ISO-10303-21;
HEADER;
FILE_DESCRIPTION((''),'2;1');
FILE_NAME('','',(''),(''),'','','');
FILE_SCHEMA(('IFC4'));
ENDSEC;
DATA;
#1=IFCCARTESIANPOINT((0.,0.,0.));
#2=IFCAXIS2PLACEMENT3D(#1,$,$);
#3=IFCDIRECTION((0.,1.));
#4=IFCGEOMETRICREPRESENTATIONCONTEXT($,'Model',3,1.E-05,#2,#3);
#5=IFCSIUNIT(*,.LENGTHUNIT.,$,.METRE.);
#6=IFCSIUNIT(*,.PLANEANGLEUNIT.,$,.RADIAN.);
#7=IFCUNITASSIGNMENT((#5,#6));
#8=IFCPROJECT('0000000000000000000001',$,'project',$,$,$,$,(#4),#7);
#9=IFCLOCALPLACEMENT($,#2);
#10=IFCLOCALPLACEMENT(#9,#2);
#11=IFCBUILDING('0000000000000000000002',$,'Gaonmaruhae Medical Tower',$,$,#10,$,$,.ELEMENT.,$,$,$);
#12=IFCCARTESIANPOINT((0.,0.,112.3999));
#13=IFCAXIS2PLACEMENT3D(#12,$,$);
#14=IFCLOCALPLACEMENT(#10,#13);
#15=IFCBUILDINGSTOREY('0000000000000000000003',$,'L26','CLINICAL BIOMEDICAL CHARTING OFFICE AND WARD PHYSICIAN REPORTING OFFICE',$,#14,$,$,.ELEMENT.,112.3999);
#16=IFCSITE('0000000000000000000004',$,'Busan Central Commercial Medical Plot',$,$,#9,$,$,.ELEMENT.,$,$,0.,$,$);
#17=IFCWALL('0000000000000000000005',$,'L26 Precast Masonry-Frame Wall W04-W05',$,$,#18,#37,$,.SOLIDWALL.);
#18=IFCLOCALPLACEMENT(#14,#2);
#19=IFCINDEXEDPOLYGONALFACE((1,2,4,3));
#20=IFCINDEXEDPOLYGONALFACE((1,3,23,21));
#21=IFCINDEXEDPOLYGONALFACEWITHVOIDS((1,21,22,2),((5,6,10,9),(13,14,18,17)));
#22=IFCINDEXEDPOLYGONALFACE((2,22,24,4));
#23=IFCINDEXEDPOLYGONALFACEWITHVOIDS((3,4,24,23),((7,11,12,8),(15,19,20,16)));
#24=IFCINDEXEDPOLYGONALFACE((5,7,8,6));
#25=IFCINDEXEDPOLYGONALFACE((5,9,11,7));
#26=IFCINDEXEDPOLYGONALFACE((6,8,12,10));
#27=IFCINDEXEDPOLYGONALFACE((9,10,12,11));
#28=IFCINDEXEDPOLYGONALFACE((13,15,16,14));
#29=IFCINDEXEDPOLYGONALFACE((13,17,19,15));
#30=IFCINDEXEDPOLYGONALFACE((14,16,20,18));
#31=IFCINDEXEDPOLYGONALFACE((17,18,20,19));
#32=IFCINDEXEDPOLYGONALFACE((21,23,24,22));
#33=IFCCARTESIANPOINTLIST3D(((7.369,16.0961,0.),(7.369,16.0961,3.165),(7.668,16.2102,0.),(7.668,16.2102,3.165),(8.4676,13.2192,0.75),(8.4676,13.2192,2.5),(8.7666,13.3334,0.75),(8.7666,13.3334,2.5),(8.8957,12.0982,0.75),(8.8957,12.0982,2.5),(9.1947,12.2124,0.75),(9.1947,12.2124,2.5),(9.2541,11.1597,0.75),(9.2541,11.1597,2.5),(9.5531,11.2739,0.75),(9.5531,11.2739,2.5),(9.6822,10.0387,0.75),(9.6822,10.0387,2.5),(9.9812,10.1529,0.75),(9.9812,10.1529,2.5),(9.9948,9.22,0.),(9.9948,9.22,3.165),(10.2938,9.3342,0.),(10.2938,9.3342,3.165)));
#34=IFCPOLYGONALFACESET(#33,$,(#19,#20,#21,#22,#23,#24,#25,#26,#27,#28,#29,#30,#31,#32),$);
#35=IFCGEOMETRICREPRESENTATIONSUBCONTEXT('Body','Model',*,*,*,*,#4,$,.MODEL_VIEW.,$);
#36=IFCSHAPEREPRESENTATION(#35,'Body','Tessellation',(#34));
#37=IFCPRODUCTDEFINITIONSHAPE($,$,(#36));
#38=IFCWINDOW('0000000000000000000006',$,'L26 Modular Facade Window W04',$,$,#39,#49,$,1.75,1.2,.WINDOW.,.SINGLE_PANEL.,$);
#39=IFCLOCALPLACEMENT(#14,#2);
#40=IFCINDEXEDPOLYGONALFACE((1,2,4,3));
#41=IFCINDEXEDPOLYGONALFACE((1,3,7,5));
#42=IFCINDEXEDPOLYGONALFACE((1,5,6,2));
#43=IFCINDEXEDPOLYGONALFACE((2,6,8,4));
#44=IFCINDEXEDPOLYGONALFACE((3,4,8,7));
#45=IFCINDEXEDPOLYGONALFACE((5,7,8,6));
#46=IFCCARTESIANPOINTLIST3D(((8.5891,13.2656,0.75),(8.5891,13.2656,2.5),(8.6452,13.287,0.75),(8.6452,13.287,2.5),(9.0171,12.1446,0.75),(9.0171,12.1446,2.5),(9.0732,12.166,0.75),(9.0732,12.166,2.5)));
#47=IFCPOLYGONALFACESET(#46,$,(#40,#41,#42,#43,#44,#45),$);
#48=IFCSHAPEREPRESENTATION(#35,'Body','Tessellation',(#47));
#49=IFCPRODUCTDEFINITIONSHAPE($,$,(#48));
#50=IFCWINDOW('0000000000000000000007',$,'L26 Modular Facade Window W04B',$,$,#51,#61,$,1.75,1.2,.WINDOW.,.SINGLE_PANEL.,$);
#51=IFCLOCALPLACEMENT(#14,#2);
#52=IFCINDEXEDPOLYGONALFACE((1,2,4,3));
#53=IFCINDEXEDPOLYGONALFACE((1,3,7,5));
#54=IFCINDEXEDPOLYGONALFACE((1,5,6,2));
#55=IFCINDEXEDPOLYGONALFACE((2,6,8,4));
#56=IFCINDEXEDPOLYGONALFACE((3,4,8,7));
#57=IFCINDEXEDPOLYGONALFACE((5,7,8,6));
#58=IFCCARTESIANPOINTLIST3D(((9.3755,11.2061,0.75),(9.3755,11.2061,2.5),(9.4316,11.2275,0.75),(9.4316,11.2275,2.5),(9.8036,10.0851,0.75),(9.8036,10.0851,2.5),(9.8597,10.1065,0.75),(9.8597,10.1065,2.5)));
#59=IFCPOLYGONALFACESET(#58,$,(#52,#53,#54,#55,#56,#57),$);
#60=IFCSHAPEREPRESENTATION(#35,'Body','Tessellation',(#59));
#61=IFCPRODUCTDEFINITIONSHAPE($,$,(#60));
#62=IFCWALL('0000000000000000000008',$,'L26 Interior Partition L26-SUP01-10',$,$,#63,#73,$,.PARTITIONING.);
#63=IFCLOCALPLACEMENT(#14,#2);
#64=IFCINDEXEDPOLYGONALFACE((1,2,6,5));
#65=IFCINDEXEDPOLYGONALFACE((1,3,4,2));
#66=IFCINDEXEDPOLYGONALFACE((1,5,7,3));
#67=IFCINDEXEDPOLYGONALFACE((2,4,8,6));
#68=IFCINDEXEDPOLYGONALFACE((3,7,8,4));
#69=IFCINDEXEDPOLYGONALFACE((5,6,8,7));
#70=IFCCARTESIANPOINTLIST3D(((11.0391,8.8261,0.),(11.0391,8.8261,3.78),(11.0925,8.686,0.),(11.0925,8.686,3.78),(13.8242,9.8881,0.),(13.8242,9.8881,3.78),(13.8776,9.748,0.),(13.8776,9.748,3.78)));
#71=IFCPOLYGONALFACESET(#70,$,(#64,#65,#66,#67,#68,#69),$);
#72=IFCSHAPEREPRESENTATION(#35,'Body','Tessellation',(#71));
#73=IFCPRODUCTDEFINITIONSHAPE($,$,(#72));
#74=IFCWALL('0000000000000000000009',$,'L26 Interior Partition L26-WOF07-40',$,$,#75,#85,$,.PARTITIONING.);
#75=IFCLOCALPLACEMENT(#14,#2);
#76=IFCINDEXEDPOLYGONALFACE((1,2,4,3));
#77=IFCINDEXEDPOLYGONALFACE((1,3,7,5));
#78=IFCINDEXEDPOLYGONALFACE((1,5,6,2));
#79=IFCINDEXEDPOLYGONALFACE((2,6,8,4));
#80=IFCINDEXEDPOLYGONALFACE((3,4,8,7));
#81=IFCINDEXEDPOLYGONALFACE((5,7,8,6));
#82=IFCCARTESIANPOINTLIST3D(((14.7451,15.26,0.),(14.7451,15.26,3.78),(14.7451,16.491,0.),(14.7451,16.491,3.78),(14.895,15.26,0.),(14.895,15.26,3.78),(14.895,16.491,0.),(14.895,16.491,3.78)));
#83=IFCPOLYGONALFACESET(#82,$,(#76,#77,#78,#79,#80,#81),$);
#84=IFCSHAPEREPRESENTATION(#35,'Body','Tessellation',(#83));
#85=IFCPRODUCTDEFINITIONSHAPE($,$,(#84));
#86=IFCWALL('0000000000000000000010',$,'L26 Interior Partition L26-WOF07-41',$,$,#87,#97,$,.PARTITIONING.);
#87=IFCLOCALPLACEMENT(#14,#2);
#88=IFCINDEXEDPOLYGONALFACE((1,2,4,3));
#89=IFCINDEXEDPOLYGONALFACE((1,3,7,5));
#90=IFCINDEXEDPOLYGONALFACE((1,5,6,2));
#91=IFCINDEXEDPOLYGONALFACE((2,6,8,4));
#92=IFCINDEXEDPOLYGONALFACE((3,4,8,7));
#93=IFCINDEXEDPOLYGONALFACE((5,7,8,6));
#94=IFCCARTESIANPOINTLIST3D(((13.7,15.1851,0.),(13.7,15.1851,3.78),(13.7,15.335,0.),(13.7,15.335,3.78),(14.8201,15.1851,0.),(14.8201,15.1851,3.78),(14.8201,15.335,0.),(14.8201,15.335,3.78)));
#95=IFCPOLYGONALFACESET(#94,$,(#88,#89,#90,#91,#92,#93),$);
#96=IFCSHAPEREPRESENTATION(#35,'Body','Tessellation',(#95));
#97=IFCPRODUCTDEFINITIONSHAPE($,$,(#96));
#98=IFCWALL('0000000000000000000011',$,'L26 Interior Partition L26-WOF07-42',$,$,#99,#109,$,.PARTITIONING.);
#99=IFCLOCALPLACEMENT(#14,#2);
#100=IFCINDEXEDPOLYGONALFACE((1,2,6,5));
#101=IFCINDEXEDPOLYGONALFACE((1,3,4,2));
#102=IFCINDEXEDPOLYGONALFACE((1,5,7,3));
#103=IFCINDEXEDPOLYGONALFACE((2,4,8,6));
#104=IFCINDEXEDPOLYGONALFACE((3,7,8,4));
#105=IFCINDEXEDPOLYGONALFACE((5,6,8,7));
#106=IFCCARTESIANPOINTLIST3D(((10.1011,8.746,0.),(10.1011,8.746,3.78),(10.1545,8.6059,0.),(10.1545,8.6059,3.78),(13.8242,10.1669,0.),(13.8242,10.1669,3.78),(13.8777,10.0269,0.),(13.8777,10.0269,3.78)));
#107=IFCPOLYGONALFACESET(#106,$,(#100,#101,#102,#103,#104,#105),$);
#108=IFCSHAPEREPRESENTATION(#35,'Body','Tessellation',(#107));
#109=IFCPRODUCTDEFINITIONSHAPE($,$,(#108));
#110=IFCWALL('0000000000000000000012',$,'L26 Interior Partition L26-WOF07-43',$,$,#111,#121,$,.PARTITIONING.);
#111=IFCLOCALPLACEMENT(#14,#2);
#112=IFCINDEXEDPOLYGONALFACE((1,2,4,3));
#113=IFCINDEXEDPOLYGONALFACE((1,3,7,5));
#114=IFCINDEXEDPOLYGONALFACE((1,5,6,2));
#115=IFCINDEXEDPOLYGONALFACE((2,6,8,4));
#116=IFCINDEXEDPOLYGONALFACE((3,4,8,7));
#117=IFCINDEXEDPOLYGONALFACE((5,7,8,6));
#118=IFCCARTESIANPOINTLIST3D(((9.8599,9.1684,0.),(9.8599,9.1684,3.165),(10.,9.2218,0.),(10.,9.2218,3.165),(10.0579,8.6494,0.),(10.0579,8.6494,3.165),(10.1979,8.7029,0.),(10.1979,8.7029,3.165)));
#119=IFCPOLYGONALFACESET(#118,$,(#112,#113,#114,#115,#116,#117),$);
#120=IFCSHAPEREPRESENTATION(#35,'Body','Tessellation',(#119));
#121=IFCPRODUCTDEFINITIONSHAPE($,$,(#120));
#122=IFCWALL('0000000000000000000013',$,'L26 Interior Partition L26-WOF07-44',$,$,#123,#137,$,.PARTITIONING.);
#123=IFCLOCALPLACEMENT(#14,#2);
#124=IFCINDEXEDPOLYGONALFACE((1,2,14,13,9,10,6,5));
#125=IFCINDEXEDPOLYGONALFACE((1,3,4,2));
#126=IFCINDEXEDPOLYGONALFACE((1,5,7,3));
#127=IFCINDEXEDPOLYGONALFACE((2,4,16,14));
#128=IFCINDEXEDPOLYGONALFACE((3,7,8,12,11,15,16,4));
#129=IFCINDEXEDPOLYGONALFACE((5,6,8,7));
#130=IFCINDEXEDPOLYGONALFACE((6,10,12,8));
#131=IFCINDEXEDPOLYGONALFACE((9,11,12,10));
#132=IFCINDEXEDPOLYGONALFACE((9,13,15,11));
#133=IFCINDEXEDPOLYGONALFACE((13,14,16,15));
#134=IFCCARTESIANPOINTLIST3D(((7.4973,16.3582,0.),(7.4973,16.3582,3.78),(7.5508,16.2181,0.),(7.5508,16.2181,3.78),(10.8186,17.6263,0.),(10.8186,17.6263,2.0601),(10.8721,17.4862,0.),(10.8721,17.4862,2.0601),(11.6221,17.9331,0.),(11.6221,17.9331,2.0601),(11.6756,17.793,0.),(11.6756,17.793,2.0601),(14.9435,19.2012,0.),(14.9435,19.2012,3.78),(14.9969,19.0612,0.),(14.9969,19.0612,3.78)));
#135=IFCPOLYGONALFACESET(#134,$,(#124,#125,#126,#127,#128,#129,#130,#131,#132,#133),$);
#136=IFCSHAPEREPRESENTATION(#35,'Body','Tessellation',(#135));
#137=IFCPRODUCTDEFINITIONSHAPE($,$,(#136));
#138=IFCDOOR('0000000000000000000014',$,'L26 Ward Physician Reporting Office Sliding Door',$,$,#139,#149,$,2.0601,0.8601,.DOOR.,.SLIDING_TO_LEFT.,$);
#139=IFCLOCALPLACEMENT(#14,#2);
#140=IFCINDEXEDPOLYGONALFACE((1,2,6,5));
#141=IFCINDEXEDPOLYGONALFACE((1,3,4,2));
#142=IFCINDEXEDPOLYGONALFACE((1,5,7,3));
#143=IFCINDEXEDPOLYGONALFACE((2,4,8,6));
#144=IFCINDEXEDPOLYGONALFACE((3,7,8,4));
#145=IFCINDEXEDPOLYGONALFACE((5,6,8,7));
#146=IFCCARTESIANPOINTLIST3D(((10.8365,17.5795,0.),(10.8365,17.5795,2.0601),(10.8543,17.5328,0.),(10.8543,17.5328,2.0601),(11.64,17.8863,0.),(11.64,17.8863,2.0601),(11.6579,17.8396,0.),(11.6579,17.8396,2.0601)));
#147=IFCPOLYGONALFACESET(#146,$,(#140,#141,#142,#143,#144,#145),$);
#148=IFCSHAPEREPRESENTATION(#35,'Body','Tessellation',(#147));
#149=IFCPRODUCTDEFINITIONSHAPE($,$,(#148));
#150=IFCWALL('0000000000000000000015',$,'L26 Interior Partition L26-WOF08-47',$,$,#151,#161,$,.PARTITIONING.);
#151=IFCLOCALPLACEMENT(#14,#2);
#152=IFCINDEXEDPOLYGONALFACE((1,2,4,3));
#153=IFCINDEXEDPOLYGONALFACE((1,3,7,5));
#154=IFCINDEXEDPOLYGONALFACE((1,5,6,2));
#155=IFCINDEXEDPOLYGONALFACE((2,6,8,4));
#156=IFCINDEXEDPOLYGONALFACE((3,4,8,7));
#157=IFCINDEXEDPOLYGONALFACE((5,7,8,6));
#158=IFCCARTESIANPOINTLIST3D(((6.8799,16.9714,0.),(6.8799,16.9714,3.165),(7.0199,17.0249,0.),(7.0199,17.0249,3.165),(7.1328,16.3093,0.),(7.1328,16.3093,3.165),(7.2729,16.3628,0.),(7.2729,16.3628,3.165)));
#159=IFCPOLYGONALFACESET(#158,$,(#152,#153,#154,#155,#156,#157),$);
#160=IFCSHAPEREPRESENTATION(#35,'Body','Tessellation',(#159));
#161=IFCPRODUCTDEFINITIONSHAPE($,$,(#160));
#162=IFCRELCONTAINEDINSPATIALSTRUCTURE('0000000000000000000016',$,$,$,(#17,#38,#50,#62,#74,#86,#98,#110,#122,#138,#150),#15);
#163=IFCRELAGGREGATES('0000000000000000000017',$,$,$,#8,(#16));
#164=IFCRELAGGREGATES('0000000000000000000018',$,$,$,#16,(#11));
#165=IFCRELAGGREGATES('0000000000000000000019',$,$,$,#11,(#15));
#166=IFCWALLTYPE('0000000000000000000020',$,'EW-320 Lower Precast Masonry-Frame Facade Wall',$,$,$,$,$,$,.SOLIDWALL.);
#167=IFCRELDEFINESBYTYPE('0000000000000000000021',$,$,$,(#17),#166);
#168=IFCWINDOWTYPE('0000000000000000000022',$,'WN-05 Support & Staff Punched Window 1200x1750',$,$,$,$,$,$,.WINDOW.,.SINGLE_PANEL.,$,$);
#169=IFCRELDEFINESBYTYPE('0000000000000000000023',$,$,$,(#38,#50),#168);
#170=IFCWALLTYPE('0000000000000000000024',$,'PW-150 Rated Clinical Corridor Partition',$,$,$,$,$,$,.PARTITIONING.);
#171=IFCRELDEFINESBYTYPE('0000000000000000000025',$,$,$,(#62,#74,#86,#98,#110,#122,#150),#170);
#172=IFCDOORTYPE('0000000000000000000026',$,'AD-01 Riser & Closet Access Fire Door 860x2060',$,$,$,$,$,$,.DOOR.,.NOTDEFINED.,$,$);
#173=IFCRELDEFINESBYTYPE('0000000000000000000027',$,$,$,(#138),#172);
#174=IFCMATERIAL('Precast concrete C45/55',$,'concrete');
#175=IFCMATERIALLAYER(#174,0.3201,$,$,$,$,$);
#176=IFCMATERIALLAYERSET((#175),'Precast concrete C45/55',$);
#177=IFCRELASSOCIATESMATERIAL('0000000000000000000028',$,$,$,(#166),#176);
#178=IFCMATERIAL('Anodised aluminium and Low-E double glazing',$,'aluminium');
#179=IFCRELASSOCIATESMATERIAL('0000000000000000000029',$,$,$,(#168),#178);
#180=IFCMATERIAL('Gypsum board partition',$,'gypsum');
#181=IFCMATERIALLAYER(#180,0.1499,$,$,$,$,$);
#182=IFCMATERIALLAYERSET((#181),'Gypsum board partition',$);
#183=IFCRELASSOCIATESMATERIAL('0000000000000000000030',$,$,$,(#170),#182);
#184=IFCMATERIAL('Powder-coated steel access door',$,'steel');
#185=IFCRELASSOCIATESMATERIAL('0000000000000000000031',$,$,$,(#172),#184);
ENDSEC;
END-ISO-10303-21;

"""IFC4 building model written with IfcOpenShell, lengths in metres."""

from ifc_helpers import new_model, si_unit, direction, frame, frame_2d, origin, place, context, subcontext, project, spatial, rectangle, extrude, material, layer, layer_set, type_object, element, fill, save


model = new_model("IFC4")

# Units and contexts
model_context = context("Model", 3, precision=1e-05, world=origin(), true_north=direction((0.0, 1.0)))
body_context = subcontext(model_context, "Body", "Model", "MODEL_VIEW")
ifc_project = project(units=[si_unit("LENGTHUNIT", "METRE"), si_unit("PLANEANGLEUNIT", "RADIAN")], contexts=[model_context])

# Site, building, storey
site_placement = place(None, origin())
site = spatial("IfcSite", under=ifc_project, at=site_placement, Name="Busan Central Commercial Medical Plot", CompositionType="ELEMENT", RefElevation=0.0)
building_placement = place(site_placement, origin())
building = spatial("IfcBuilding", under=site, at=building_placement, Name="Gaonmaruhae Medical Tower", CompositionType="ELEMENT")
storey_placement = place(building_placement, frame((0.0, 0.0, 112.3999)))
storey = spatial("IfcBuildingStorey", under=building, at=storey_placement, Name="L26", Description="CLINICAL BIOMEDICAL CHARTING OFFICE AND WARD PHYSICIAN REPORTING OFFICE", CompositionType="ELEMENT", Elevation=112.3999)

# Wall, openings, windows
ifc_material_1 = material(Name="Precast concrete C45/55", Category="concrete")
ifc_layer_1 = layer(ifc_material_1, 0.3201)
ifc_layer_set_1 = layer_set([ifc_layer_1], Name="Precast concrete C45/55")
wall_type_1 = type_object("IfcWallType", Name="EW-320 Lower Precast Masonry-Frame Facade Wall", PredefinedType="SOLIDWALL", material=ifc_layer_set_1)
wall_1_placement = place(storey_placement, frame((10.1443, 9.2771, 0.0), z_axis=(0.0, 0.0, 1.0), x_axis=(-0.356744, 0.934202, 0.0)))
wall_1 = element("IfcWall", 1, at=wall_1_placement, inside=storey, type_object=wall_type_1, Name="L26 Precast Masonry-Frame Wall W04-W05", PredefinedType="SOLIDWALL", context=body_context, shape_type="SweptSolid", body=[
    extrude(rectangle(XDim=7.3604, YDim=0.3201, at=frame_2d((3.6802, 0.0))), origin(), (0.0, 0.0, 1.0), 3.165),
])
opening_1_placement = place(wall_1_placement, frame((3.0808, 0.0, 0.75)))
opening_1 = element("IfcOpeningElement", 2, at=opening_1_placement, cuts=wall_1, PredefinedType="OPENING", context=body_context, shape_type="SweptSolid", body=[
    extrude(rectangle(XDim=1.2, YDim=1.75, at=frame_2d((0.6001, 0.875))), frame((0.0, 0.1699, 0.0), z_axis=(0.0, -1.0, 0.0), x_axis=(1.0, 0.0, 0.0)), (0.0, 0.0, 1.0), 0.3401),
])
opening_2_placement = place(wall_1_placement, frame((0.8762, 0.0, 0.75)))
opening_2 = element("IfcOpeningElement", 3, at=opening_2_placement, cuts=wall_1, PredefinedType="OPENING", context=body_context, shape_type="SweptSolid", body=[
    extrude(rectangle(XDim=1.2, YDim=1.75, at=frame_2d((0.6001, 0.875))), frame((0.0, 0.1699, 0.0), z_axis=(0.0, -1.0, 0.0), x_axis=(1.0, 0.0, 0.0)), (0.0, 0.0, 1.0), 0.3401),
])
ifc_material_2 = material(Name="Anodised aluminium and Low-E double glazing", Category="aluminium")
window_type = type_object("IfcWindowType", Name="WN-05 Support & Staff Punched Window 1200x1750", PartitioningType="SINGLE_PANEL", PredefinedType="WINDOW", material=ifc_material_2)
window_1_placement = place(opening_1_placement, origin())
window_1 = element("IfcWindow", 4, at=window_1_placement, inside=storey, type_object=window_type, Name="L26 Modular Facade Window W04", OverallHeight=1.75, OverallWidth=1.2, PartitioningType="SINGLE_PANEL", PredefinedType="WINDOW", context=body_context, shape_type="SweptSolid", body=[
    extrude(rectangle(XDim=1.2, YDim=1.75, at=frame_2d((0.6001, 0.875))), frame((0.0, 0.03, 0.0), z_axis=(0.0, -1.0, 0.0), x_axis=(1.0, 0.0, 0.0)), (0.0, 0.0, 1.0), 0.0601),
])
fill(opening_1, window_1)
window_2_placement = place(opening_2_placement, origin())
window_2 = element("IfcWindow", 5, at=window_2_placement, inside=storey, type_object=window_type, Name="L26 Modular Facade Window W04B", OverallHeight=1.75, OverallWidth=1.2, PartitioningType="SINGLE_PANEL", PredefinedType="WINDOW", context=body_context, shape_type="SweptSolid", body=[
    extrude(rectangle(XDim=1.2, YDim=1.75, at=frame_2d((0.6001, 0.875))), frame((0.0, 0.03, 0.0), z_axis=(0.0, -1.0, 0.0), x_axis=(1.0, 0.0, 0.0)), (0.0, 0.0, 1.0), 0.0601),
])
fill(opening_2, window_2)

# Walls
ifc_material_3 = material(Name="Gypsum board partition", Category="gypsum")
ifc_layer_2 = layer(ifc_material_3, 0.1499)
ifc_layer_set_2 = layer_set([ifc_layer_2], Name="Gypsum board partition")
wall_type_2 = type_object("IfcWallType", Name="PW-150 Rated Clinical Corridor Partition", PredefinedType="PARTITIONING", material=ifc_layer_set_2)
wall_2_placement = place(storey_placement, frame((11.0659, 8.7561, 0.0), z_axis=(0.0, 0.0, 1.0), x_axis=(0.934376, 0.356288, 0.0)))
element("IfcWall", 6, at=wall_2_placement, inside=storey, type_object=wall_type_2, Name="L26 Interior Partition L26-SUP01-10", PredefinedType="PARTITIONING", context=body_context, shape_type="SweptSolid", body=[
    extrude(rectangle(XDim=2.9807, YDim=0.1499, at=frame_2d((1.4902, 0.0))), origin(), (0.0, 0.0, 1.0), 3.78),
])
wall_3_placement = place(storey_placement, frame((14.8201, 16.491, 0.0), z_axis=(0.0, 0.0, 1.0), x_axis=(0.0, -1.0, 0.0)))
element("IfcWall", 7, at=wall_3_placement, inside=storey, type_object=wall_type_2, Name="L26 Interior Partition L26-WOF07-40", PredefinedType="PARTITIONING", context=body_context, shape_type="SweptSolid", body=[
    extrude(rectangle(XDim=1.231, YDim=0.1499, at=frame_2d((0.6155, 0.0))), origin(), (0.0, 0.0, 1.0), 3.78),
])
wall_4_placement = place(storey_placement, frame((14.8201, 15.26, 0.0), z_axis=(0.0, 0.0, 1.0), x_axis=(-1.0, 0.0, 0.0)))
element("IfcWall", 8, at=wall_4_placement, inside=storey, type_object=wall_type_2, Name="L26 Interior Partition L26-WOF07-41", PredefinedType="PARTITIONING", context=body_context, shape_type="SweptSolid", body=[
    extrude(rectangle(XDim=1.1201, YDim=0.1499, at=frame_2d((0.5601, 0.0))), origin(), (0.0, 0.0, 1.0), 3.78),
])
wall_5_placement = place(storey_placement, frame((13.8511, 10.0969, 0.0), z_axis=(0.0, 0.0, 1.0), x_axis=(-0.934274, -0.356556, 0.0)))
element("IfcWall", 9, at=wall_5_placement, inside=storey, type_object=wall_type_2, Name="L26 Interior Partition L26-WOF07-42", PredefinedType="PARTITIONING", context=body_context, shape_type="SweptSolid", body=[
    extrude(rectangle(XDim=3.9851, YDim=0.1499, at=frame_2d((1.9927, 0.0))), origin(), (0.0, 0.0, 1.0), 3.78),
])
wall_6_placement = place(storey_placement, frame((10.1279, 8.676, 0.0), z_axis=(0.0, 0.0, 1.0), x_axis=(-0.356416, 0.934328, 0.0)))
element("IfcWall", 10, at=wall_6_placement, inside=storey, type_object=wall_type_2, Name="L26 Interior Partition L26-WOF07-43", PredefinedType="PARTITIONING", context=body_context, shape_type="SweptSolid", body=[
    extrude(rectangle(XDim=0.5554, YDim=0.1499, at=frame_2d((0.2778, 0.0))), origin(), (0.0, 0.0, 1.0), 3.165),
])

# Wall, opening, door
wall_7_placement = place(storey_placement, frame((7.5239, 16.2881, 0.0), z_axis=(0.0, 0.0, 1.0), x_axis=(0.934219, 0.3567, 0.0)))
wall_7 = element("IfcWall", 11, at=wall_7_placement, inside=storey, type_object=wall_type_2, Name="L26 Interior Partition L26-WOF07-44", PredefinedType="PARTITIONING", context=body_context, shape_type="SweptSolid", body=[
    extrude(rectangle(XDim=7.9705, YDim=0.1499, at=frame_2d((3.9854, 0.0))), origin(), (0.0, 0.0, 1.0), 3.78),
])
opening_3_placement = place(wall_7_placement, frame((3.5552, 0.0, 0.0)))
opening_3 = element("IfcOpeningElement", 12, at=opening_3_placement, cuts=wall_7, PredefinedType="OPENING", context=body_context, shape_type="SweptSolid", body=[
    extrude(rectangle(XDim=0.8601, YDim=2.0601, at=frame_2d((0.4302, 1.03))), frame((0.0, 0.085, 0.0), z_axis=(0.0, -1.0, 0.0), x_axis=(1.0, 0.0, 0.0)), (0.0, 0.0, 1.0), 0.1699),
])
ifc_material_4 = material(Name="Powder-coated steel access door", Category="steel")
door_type = type_object("IfcDoorType", Name="AD-01 Riser & Closet Access Fire Door 860x2060", OperationType="NOTDEFINED", PredefinedType="DOOR", material=ifc_material_4)
door_placement = place(opening_3_placement, origin())
door = element("IfcDoor", 13, at=door_placement, inside=storey, type_object=door_type, Name="L26 Ward Physician Reporting Office Sliding Door", OperationType="SLIDING_TO_LEFT", OverallHeight=2.0601, OverallWidth=0.8601, PredefinedType="DOOR", context=body_context, shape_type="SweptSolid", body=[
    extrude(rectangle(XDim=0.8601, YDim=2.0601, at=frame_2d((0.4302, 1.03))), frame((0.0, 0.0249, 0.0), z_axis=(0.0, -1.0, 0.0), x_axis=(1.0, 0.0, 0.0)), (0.0, 0.0, 1.0), 0.05),
])
fill(opening_3, door)

# Wall
wall_8_placement = place(storey_placement, frame((7.2029, 16.3359, 0.0), z_axis=(0.0, 0.0, 1.0), x_axis=(-0.356855, 0.93416, 0.0)))
element("IfcWall", 14, at=wall_8_placement, inside=storey, type_object=wall_type_2, Name="L26 Interior Partition L26-WOF08-47", PredefinedType="PARTITIONING", context=body_context, shape_type="SweptSolid", body=[
    extrude(rectangle(XDim=0.7087, YDim=0.1499, at=frame_2d((0.3545, 0.0))), origin(), (0.0, 0.0, 1.0), 3.165),
])

save(model, "model.ifc")
